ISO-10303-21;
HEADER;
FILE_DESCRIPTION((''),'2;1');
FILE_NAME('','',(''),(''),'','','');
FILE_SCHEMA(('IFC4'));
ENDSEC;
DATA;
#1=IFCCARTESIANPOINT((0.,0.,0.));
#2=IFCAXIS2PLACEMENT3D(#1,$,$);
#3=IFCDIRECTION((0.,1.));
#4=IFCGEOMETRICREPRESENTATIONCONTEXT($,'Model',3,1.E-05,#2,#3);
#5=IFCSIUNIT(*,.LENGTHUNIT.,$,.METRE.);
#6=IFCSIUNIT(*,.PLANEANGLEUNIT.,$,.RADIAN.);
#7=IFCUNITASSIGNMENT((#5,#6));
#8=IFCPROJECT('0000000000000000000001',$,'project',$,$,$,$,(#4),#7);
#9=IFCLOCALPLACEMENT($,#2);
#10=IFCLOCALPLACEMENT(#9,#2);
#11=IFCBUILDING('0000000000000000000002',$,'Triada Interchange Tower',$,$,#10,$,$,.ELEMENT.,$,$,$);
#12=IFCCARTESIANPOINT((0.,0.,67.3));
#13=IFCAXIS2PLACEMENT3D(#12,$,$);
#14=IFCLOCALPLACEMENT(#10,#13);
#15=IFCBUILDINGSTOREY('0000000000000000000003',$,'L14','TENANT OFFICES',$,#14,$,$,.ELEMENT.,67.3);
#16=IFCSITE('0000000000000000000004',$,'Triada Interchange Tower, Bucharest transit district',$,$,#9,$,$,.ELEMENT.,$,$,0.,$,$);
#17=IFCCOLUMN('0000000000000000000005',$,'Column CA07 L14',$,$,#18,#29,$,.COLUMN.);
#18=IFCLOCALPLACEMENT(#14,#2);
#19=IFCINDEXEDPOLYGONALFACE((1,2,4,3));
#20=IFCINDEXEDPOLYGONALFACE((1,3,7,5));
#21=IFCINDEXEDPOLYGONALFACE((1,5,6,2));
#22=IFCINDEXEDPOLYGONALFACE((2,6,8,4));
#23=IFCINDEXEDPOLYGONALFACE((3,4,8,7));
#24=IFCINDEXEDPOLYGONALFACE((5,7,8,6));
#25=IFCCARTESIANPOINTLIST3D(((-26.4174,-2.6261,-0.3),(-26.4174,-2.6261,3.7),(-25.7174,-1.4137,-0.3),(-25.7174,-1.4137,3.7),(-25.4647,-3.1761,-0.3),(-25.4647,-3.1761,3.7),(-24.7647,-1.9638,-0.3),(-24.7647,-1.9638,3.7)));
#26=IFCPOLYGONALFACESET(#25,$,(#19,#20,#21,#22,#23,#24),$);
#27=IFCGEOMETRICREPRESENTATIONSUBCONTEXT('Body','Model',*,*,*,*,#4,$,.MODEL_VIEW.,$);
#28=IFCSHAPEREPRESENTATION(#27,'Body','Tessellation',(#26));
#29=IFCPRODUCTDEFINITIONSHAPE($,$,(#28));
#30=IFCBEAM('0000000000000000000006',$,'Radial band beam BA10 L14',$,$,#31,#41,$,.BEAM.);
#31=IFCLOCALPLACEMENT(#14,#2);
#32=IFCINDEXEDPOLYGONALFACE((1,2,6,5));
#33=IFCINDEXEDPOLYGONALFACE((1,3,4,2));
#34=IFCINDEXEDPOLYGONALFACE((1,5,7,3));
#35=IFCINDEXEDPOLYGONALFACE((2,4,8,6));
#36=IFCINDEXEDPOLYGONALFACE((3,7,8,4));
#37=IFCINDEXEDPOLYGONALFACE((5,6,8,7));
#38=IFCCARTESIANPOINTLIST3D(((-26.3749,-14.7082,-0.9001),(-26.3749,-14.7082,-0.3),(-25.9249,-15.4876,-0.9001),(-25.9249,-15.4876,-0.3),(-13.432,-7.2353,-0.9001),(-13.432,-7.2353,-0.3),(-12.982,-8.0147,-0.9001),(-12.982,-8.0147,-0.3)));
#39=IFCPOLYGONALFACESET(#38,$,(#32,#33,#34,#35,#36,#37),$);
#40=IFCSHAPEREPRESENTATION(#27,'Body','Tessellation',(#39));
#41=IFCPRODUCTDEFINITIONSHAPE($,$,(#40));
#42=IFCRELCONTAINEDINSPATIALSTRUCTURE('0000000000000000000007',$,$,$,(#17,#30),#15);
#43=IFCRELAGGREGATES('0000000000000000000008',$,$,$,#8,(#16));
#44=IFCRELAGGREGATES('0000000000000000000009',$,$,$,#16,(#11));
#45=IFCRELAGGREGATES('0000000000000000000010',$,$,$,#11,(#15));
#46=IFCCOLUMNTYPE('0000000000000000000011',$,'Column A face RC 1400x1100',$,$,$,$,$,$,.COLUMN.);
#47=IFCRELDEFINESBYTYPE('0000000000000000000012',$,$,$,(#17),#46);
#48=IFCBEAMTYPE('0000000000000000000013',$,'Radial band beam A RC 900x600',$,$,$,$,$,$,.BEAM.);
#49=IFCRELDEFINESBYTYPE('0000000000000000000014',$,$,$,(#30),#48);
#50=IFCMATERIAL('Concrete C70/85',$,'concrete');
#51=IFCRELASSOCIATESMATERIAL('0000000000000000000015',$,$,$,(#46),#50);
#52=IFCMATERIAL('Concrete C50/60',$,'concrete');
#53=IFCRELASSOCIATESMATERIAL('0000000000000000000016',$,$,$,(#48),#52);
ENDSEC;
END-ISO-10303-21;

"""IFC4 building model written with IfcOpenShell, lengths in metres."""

from ifc_helpers import new_model, si_unit, direction, frame, origin, origin_2d, place, context, subcontext, project, spatial, rectangle, extrude, material, material_profile, profile_set, type_object, element, save


model = new_model("IFC4")

# Units and contexts
model_context = context("Model", 3, precision=1e-05, world=origin(), true_north=direction((0.0, 1.0)))
body_context = subcontext(model_context, "Body", "Model", "MODEL_VIEW")
ifc_project = project(units=[si_unit("LENGTHUNIT", "METRE"), si_unit("PLANEANGLEUNIT", "RADIAN")], contexts=[model_context])

# Site, building, storey
site_placement = place(None, origin())
site = spatial("IfcSite", under=ifc_project, at=site_placement, Name="Triada Interchange Tower, Bucharest transit district", CompositionType="ELEMENT", RefElevation=0.0)
building_placement = place(site_placement, origin())
building = spatial("IfcBuilding", under=site, at=building_placement, Name="Triada Interchange Tower", CompositionType="ELEMENT")
storey_placement = place(building_placement, frame((0.0, 0.0, 67.3)))
storey = spatial("IfcBuildingStorey", under=building, at=storey_placement, Name="L14", Description="TENANT OFFICES", CompositionType="ELEMENT", Elevation=67.3)

# Column
ifc_material_1 = material(Name="Concrete C70/85", Category="concrete")
ifc_material_profile_1 = material_profile(ifc_material_1, rectangle(XDim=1.3999, YDim=1.1001, at=origin_2d()), Name="RC 1400x1100")
ifc_profile_set_1 = profile_set([ifc_material_profile_1], Name="Concrete C70/85")
column_type = type_object("IfcColumnType", Name="Column A face RC 1400x1100", PredefinedType="COLUMN", material=ifc_profile_set_1)
column_placement = place(storey_placement, frame((-25.5911, -2.2949, -0.3), z_axis=(0.0, 0.0, 1.0), x_axis=(0.5, 0.866025, 0.0)))
element("IfcColumn", 1, at=column_placement, inside=storey, type_object=column_type, Name="Column CA07 L14", PredefinedType="COLUMN", context=body_context, shape_type="SweptSolid", body=[
    extrude(rectangle(XDim=1.3999, YDim=1.1001, at=origin_2d()), origin(), (0.0, 0.0, 1.0), 4.0),
])

# Beam
ifc_material_2 = material(Name="Concrete C50/60", Category="concrete")
ifc_material_profile_2 = material_profile(ifc_material_2, rectangle(XDim=0.8999, YDim=0.6001, at=origin_2d()), Name="RC 900x600")
ifc_profile_set_2 = profile_set([ifc_material_profile_2], Name="Concrete C50/60")
beam_type = type_object("IfcBeamType", Name="Radial band beam A RC 900x600", PredefinedType="BEAM", material=ifc_profile_set_2)
beam_placement = place(storey_placement, frame((-26.1499, -15.0979, -0.6001), z_axis=(0.866016, 0.500017, 0.0), x_axis=(-0.500017, 0.866016, 0.0)))
element("IfcBeam", 2, at=beam_placement, inside=storey, type_object=beam_type, Name="Radial band beam BA10 L14", PredefinedType="BEAM", context=body_context, shape_type="SweptSolid", body=[
    extrude(rectangle(XDim=0.8999, YDim=0.6001, at=origin_2d()), origin(), (0.0, 0.0, 1.0), 14.9453),
])

save(model, "model.ifc")
